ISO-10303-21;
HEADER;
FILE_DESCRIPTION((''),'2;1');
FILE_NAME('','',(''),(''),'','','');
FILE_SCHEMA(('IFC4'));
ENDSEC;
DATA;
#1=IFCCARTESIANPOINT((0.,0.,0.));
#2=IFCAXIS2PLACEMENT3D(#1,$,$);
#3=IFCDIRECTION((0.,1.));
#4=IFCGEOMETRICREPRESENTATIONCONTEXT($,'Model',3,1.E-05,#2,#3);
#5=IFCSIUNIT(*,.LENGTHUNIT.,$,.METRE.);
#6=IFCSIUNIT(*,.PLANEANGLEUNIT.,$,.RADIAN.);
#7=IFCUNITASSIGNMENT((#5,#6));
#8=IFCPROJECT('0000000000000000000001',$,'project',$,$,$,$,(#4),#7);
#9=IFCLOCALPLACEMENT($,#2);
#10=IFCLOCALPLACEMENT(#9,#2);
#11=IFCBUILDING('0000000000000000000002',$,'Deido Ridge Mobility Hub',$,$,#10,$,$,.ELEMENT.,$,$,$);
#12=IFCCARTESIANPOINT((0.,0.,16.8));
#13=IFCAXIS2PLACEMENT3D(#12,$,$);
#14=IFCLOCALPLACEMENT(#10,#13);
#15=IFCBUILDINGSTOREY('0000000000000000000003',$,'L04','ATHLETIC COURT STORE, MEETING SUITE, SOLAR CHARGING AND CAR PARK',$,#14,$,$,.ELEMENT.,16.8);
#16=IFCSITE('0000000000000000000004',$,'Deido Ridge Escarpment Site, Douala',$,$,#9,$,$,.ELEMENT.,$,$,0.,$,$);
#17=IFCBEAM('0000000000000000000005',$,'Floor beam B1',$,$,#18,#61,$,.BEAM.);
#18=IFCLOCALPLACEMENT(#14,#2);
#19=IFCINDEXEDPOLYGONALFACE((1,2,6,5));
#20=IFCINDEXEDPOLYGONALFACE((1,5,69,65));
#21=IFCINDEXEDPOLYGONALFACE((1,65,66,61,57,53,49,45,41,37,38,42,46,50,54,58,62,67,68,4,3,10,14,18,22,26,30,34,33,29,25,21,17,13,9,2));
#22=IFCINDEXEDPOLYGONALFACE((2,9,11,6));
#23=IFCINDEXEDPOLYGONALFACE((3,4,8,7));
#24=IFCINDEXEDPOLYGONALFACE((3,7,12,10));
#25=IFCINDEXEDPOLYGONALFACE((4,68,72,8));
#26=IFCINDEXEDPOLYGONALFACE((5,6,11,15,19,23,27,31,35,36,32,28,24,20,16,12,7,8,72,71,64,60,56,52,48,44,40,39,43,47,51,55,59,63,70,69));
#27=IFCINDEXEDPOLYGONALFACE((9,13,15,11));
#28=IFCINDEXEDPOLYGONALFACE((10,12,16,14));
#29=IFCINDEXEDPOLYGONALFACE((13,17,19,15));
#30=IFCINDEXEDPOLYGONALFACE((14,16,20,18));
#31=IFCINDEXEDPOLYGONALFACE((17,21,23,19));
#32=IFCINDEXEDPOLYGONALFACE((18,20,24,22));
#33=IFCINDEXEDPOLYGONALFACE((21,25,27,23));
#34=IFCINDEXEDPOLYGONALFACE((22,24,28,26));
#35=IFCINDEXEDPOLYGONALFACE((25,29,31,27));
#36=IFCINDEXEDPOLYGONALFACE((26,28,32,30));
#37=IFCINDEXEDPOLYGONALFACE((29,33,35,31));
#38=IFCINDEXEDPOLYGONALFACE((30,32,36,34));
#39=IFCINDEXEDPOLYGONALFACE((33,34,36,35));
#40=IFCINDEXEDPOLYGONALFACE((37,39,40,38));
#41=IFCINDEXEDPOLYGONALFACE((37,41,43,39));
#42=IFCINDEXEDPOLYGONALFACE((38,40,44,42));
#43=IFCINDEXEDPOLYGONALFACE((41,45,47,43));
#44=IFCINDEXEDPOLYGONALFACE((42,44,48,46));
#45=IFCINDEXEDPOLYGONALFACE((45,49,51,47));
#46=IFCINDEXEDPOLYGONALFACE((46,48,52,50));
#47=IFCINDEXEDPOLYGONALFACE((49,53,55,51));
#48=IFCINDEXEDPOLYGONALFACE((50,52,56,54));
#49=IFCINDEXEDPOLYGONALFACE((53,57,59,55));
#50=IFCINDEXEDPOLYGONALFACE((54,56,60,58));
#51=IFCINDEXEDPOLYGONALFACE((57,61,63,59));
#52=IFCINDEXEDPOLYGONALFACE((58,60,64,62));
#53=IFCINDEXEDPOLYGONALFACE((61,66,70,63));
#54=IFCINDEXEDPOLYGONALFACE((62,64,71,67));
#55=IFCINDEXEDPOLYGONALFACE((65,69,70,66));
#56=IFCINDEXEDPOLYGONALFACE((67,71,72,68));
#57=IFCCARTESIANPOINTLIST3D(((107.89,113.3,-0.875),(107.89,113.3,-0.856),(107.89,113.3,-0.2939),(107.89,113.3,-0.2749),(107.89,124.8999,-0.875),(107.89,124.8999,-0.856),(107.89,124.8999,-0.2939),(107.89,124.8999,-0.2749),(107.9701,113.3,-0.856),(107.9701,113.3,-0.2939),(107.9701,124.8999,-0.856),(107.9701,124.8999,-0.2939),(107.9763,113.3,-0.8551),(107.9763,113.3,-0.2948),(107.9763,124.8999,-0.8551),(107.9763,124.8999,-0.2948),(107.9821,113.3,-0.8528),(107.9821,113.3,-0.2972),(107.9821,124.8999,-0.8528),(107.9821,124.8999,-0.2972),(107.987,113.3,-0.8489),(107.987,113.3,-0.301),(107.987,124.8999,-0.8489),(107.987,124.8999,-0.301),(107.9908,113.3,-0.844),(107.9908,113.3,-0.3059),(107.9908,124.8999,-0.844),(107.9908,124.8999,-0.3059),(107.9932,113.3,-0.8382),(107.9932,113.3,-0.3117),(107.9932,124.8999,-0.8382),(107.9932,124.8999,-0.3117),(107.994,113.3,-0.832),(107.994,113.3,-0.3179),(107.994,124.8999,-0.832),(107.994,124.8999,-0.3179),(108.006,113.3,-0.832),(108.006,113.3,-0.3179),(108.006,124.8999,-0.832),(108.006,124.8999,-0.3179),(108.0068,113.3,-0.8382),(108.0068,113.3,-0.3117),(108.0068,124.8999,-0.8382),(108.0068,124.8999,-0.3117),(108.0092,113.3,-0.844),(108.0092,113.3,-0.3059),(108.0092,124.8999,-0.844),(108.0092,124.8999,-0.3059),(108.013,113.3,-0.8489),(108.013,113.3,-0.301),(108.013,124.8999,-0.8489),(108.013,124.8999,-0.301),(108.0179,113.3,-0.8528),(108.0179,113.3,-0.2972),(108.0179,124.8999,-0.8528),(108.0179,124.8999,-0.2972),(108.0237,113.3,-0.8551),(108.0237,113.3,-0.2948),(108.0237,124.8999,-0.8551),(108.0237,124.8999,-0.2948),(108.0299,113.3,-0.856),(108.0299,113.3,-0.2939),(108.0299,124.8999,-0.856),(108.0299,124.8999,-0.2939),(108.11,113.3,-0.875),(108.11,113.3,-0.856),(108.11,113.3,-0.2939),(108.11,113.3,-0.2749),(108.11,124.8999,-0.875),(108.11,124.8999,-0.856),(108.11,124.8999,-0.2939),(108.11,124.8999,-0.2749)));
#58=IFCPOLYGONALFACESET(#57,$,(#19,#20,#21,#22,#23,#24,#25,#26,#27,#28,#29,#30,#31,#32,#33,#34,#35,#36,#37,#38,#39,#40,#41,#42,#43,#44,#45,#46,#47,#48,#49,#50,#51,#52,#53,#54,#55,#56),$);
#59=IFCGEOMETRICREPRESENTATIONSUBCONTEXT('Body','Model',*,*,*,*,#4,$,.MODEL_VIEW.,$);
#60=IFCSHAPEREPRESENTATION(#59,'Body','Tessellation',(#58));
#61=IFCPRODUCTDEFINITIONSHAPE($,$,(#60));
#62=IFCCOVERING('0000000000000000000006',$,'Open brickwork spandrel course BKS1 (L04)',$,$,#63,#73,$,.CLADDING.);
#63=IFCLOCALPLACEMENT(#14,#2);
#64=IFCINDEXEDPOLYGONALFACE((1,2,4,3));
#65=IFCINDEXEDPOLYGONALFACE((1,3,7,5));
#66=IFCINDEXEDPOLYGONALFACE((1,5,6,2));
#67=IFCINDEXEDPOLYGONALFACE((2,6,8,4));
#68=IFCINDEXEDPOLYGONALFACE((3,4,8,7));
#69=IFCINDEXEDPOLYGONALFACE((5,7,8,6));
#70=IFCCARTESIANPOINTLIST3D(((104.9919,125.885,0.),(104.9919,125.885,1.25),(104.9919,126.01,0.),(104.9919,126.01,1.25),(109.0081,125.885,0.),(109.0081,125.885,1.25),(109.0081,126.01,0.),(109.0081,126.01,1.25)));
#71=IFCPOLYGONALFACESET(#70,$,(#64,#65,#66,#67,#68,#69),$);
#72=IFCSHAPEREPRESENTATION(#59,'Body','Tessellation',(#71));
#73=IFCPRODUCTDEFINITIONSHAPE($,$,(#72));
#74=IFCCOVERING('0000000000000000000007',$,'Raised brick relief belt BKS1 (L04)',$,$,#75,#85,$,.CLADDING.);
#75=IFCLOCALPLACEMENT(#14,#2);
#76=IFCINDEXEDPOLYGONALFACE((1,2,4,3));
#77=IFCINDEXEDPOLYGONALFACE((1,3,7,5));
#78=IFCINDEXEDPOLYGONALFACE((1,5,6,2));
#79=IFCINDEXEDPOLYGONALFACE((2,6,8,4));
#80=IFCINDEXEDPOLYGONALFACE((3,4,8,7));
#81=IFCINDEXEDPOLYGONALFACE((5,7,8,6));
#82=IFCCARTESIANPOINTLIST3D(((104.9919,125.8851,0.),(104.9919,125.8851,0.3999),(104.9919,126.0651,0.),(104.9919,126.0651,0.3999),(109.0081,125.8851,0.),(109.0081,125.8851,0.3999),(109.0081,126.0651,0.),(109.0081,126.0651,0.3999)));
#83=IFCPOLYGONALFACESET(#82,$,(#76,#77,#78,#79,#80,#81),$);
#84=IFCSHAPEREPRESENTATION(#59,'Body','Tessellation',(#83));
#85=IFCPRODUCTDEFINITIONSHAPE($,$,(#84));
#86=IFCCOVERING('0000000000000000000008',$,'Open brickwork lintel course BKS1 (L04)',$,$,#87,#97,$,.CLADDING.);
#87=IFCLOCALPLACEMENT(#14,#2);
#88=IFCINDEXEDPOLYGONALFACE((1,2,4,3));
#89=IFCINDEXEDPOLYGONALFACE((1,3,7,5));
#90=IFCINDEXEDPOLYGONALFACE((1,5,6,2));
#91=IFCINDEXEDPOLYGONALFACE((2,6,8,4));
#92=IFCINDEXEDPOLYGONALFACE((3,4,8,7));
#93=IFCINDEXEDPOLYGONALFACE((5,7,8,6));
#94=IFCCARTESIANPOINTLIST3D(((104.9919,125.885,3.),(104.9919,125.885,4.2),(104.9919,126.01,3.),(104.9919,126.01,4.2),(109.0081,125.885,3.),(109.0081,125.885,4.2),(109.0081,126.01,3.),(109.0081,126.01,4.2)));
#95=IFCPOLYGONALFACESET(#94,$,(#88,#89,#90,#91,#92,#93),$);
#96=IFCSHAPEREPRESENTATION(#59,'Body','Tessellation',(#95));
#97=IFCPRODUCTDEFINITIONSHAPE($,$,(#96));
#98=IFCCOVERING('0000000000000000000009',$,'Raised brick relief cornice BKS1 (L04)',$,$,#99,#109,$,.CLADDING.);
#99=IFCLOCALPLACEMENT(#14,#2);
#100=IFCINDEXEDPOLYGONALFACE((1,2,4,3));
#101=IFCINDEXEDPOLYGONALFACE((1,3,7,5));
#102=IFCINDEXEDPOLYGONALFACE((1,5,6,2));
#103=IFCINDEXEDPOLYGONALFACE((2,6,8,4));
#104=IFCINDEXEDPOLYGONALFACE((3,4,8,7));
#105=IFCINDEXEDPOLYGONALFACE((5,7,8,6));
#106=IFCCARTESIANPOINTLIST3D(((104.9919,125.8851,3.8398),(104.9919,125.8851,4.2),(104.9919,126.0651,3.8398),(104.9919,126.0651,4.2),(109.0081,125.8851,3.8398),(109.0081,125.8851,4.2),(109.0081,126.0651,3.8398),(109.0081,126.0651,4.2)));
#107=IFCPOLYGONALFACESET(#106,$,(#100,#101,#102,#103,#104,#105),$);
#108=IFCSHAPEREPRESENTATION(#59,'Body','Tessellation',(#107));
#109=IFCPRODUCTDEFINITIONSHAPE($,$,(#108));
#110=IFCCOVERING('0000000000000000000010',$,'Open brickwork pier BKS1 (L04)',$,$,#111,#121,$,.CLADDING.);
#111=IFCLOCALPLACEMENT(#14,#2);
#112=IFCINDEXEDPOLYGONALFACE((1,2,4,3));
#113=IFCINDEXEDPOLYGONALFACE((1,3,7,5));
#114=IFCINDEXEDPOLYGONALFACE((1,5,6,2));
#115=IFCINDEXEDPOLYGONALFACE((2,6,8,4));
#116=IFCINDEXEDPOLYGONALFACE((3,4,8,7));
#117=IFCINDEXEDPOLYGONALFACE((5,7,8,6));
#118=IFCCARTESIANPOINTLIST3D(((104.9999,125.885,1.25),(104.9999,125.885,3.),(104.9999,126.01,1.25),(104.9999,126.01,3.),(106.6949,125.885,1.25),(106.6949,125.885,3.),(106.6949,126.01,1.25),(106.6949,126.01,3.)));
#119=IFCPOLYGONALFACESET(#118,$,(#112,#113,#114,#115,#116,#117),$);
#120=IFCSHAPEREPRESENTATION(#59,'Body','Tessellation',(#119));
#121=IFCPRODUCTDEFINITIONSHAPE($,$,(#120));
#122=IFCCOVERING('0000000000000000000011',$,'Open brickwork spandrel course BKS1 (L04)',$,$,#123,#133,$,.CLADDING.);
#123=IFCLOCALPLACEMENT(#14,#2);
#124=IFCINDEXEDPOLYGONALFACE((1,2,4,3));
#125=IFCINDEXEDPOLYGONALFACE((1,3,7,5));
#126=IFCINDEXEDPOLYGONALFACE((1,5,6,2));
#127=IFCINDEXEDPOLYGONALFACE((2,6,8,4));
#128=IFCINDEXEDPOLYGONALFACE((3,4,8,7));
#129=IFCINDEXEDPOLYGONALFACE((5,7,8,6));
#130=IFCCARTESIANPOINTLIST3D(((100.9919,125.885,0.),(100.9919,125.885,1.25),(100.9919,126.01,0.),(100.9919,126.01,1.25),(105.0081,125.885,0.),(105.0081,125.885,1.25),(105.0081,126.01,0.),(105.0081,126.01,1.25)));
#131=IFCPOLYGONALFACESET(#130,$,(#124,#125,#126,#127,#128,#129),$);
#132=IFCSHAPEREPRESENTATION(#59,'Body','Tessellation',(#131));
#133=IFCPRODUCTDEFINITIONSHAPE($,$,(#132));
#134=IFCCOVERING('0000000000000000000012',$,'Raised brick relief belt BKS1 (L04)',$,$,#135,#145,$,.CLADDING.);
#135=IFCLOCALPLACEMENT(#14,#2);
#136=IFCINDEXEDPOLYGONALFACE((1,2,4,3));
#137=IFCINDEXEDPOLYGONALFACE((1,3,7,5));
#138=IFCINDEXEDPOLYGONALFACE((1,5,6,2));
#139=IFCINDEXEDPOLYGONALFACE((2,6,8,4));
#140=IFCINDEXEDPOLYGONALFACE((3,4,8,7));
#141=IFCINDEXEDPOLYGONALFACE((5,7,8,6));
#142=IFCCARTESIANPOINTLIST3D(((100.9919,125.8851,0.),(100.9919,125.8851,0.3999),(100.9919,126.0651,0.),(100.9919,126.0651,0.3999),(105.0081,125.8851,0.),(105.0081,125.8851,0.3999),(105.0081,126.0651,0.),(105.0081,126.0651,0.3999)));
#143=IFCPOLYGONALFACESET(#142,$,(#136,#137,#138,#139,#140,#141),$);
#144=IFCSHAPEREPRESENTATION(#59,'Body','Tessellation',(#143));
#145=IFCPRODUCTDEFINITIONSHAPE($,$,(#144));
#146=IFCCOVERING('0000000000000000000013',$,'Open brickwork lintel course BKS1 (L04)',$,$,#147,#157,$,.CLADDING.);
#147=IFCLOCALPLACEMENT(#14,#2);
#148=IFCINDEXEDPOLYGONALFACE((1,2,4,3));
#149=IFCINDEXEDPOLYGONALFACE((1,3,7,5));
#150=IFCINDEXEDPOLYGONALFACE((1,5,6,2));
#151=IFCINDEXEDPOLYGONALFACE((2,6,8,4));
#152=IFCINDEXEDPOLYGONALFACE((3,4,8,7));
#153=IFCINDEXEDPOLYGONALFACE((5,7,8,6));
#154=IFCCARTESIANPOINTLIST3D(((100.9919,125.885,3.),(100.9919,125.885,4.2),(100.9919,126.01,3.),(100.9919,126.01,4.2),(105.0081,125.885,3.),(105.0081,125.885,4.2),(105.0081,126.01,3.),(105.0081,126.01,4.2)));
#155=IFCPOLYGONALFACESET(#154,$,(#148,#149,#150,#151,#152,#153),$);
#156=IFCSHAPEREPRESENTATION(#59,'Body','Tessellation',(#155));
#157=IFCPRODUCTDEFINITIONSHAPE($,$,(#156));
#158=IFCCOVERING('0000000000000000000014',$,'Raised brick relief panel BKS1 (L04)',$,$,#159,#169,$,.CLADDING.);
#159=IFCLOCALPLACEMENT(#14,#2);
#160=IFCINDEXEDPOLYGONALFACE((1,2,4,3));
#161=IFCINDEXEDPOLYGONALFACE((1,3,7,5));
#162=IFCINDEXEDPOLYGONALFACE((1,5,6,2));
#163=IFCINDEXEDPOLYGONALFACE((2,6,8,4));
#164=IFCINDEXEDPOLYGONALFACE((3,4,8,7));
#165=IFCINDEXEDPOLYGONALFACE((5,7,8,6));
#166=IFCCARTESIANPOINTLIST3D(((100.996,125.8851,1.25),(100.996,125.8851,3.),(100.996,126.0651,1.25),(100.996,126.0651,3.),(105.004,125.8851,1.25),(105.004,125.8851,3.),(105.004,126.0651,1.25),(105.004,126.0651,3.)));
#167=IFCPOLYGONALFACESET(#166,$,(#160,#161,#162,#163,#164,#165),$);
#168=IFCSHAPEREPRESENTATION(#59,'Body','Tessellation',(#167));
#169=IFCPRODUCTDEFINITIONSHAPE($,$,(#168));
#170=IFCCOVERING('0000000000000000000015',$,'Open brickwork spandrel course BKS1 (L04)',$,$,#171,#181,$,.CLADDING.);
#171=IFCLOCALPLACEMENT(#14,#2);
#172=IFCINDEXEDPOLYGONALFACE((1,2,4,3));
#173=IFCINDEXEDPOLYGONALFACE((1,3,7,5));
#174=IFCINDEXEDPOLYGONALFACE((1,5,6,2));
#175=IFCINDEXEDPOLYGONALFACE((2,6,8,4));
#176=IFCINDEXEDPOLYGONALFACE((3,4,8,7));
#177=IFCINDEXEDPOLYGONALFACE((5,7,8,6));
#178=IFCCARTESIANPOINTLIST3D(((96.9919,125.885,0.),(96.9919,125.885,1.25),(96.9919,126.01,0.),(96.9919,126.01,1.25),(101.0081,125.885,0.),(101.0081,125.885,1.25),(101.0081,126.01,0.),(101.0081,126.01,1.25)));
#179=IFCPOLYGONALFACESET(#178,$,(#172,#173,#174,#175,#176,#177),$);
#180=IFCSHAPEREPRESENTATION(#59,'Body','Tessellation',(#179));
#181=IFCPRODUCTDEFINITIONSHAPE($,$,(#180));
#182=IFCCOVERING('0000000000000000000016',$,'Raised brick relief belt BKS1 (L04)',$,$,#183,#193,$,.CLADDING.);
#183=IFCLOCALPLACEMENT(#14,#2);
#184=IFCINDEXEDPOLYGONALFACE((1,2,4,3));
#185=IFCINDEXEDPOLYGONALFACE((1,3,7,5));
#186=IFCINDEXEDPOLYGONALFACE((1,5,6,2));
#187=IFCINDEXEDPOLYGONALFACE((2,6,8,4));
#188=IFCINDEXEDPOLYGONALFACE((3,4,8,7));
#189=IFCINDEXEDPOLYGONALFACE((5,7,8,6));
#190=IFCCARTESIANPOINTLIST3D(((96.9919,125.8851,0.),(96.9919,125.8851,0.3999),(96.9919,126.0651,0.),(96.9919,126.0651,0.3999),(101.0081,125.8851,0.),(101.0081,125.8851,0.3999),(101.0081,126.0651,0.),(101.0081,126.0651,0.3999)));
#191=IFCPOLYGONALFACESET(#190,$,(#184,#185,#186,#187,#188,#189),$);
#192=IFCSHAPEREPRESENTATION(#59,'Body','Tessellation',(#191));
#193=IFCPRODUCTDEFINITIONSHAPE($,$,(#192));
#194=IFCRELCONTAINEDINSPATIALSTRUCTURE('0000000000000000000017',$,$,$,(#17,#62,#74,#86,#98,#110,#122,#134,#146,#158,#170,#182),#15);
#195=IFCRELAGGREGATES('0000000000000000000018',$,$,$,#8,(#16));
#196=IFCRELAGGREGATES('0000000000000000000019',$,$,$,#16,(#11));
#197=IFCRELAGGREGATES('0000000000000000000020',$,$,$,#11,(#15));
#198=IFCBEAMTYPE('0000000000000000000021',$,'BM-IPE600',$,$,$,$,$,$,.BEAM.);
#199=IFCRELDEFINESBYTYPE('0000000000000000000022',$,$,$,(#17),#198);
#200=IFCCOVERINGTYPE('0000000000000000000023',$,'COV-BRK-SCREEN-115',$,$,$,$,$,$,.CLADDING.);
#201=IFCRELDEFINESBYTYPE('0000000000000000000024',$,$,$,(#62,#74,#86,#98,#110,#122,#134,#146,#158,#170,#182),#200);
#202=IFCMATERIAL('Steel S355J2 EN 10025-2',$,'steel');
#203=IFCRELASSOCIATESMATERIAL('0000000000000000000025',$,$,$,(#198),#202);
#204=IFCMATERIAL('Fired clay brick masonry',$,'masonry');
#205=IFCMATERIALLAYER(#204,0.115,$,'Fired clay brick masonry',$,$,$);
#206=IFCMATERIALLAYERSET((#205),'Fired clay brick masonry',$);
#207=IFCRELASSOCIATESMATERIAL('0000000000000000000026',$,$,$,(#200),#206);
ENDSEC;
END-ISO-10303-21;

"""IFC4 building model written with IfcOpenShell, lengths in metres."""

from ifc_helpers import new_model, si_unit, direction, frame, origin, origin_2d, place, context, subcontext, project, spatial, rectangle, i_section, extrude, material, layer, layer_set, material_profile, profile_set, type_object, element, save


model = new_model("IFC4")

# Units and contexts
model_context = context("Model", 3, precision=1e-05, world=origin(), true_north=direction((0.0, 1.0)))
body_context = subcontext(model_context, "Body", "Model", "MODEL_VIEW")
ifc_project = project(units=[si_unit("LENGTHUNIT", "METRE"), si_unit("PLANEANGLEUNIT", "RADIAN")], contexts=[model_context])

# Site, building, storey
site_placement = place(None, origin())
site = spatial("IfcSite", under=ifc_project, at=site_placement, Name="Deido Ridge Escarpment Site, Douala", CompositionType="ELEMENT", RefElevation=0.0)
building_placement = place(site_placement, origin())
building = spatial("IfcBuilding", under=site, at=building_placement, Name="Deido Ridge Mobility Hub", CompositionType="ELEMENT")
storey_placement = place(building_placement, frame((0.0, 0.0, 16.8)))
storey = spatial("IfcBuildingStorey", under=building, at=storey_placement, Name="L04", Description="ATHLETIC COURT STORE, MEETING SUITE, SOLAR CHARGING AND CAR PARK", CompositionType="ELEMENT", Elevation=16.8)

# Shared definitions
ifc_material_1 = material(Name="Steel S355J2 EN 10025-2", Category="steel")

# Beam
ifc_material_profile_1 = material_profile(ifc_material_1, i_section(OverallWidth=0.22, OverallDepth=0.6001, WebThickness=0.012, FlangeThickness=0.019, FilletRadius=0.0239, at=origin_2d()), Name="IPE 600")
ifc_profile_set_1 = profile_set([ifc_material_profile_1], Name="Steel S355J2 EN 10025-2")
beam_type_1 = type_object("IfcBeamType", Name="BM-IPE600", PredefinedType="BEAM", material=ifc_profile_set_1)
for number, where, z_axis, x_axis, name in (
    (1, (108.0, 113.3, -0.575), (0.0, 1.0, 0.0), (-1.0, 0.0, 0.0), "Floor beam B1"),
):
    element("IfcBeam", number, at=place(storey_placement, frame(where, z_axis=z_axis, x_axis=x_axis)), inside=storey, type_object=beam_type_1, Name=name, PredefinedType="BEAM", context=body_context, shape_type="SweptSolid", body=[
        extrude(i_section(OverallWidth=0.22, OverallDepth=0.6001, WebThickness=0.012, FlangeThickness=0.019, FilletRadius=0.0239, at=origin_2d()), origin(), (0.0, 0.0, 1.0), 11.5999),
    ])

# Coverings
ifc_material_2 = material(Name="Fired clay brick masonry", Category="masonry")
ifc_layer = layer(ifc_material_2, 0.115, Name="Fired clay brick masonry")
ifc_layer_set = layer_set([ifc_layer], Name="Fired clay brick masonry")
covering_type = type_object("IfcCoveringType", Name="COV-BRK-SCREEN-115", PredefinedType="CLADDING", material=ifc_layer_set)
covering_1_placement = place(storey_placement, frame((107.0, 125.9475, 0.0), z_axis=(0.0, 0.0, 1.0), x_axis=(-1.0, 0.0, 0.0)))
element("IfcCovering", 2, at=covering_1_placement, inside=storey, type_object=covering_type, Name="Open brickwork spandrel course BKS1 (L04)", PredefinedType="CLADDING", context=body_context, shape_type="SweptSolid", body=[
    extrude(rectangle(XDim=4.0161, YDim=0.125, at=origin_2d()), origin(), (0.0, 0.0, 1.0), 1.25),
])
covering_2_placement = place(storey_placement, frame((107.0, 125.9751, 0.0), z_axis=(0.0, 0.0, 1.0), x_axis=(-1.0, 0.0, 0.0)))
element("IfcCovering", 3, at=covering_2_placement, inside=storey, type_object=covering_type, Name="Raised brick relief belt BKS1 (L04)", PredefinedType="CLADDING", context=body_context, shape_type="SweptSolid", body=[
    extrude(rectangle(XDim=4.0161, YDim=0.1799, at=origin_2d()), origin(), (0.0, 0.0, 1.0), 0.3999),
])
covering_3_placement = place(storey_placement, frame((107.0, 125.9475, 3.0), z_axis=(0.0, 0.0, 1.0), x_axis=(-1.0, 0.0, 0.0)))
element("IfcCovering", 4, at=covering_3_placement, inside=storey, type_object=covering_type, Name="Open brickwork lintel course BKS1 (L04)", PredefinedType="CLADDING", context=body_context, shape_type="SweptSolid", body=[
    extrude(rectangle(XDim=4.0161, YDim=0.125, at=origin_2d()), origin(), (0.0, 0.0, 1.0), 1.2),
])
covering_4_placement = place(storey_placement, frame((107.0, 125.9751, 3.8398), z_axis=(0.0, 0.0, 1.0), x_axis=(-1.0, 0.0, 0.0)))
element("IfcCovering", 5, at=covering_4_placement, inside=storey, type_object=covering_type, Name="Raised brick relief cornice BKS1 (L04)", PredefinedType="CLADDING", context=body_context, shape_type="SweptSolid", body=[
    extrude(rectangle(XDim=4.0161, YDim=0.1799, at=origin_2d()), origin(), (0.0, 0.0, 1.0), 0.3601),
])
covering_5_placement = place(storey_placement, frame((105.8474, 125.9475, 1.25), z_axis=(0.0, 0.0, 1.0), x_axis=(-1.0, 0.0, 0.0)))
element("IfcCovering", 6, at=covering_5_placement, inside=storey, type_object=covering_type, Name="Open brickwork pier BKS1 (L04)", PredefinedType="CLADDING", context=body_context, shape_type="SweptSolid", body=[
    extrude(rectangle(XDim=1.6951, YDim=0.125, at=origin_2d()), origin(), (0.0, 0.0, 1.0), 1.75),
])
covering_6_placement = place(storey_placement, frame((103.0, 125.9475, 0.0), z_axis=(0.0, 0.0, 1.0), x_axis=(-1.0, 0.0, 0.0)))
element("IfcCovering", 7, at=covering_6_placement, inside=storey, type_object=covering_type, Name="Open brickwork spandrel course BKS1 (L04)", PredefinedType="CLADDING", context=body_context, shape_type="SweptSolid", body=[
    extrude(rectangle(XDim=4.0161, YDim=0.125, at=origin_2d()), origin(), (0.0, 0.0, 1.0), 1.25),
])
covering_7_placement = place(storey_placement, frame((103.0, 125.9751, 0.0), z_axis=(0.0, 0.0, 1.0), x_axis=(-1.0, 0.0, 0.0)))
element("IfcCovering", 8, at=covering_7_placement, inside=storey, type_object=covering_type, Name="Raised brick relief belt BKS1 (L04)", PredefinedType="CLADDING", context=body_context, shape_type="SweptSolid", body=[
    extrude(rectangle(XDim=4.0161, YDim=0.1799, at=origin_2d()), origin(), (0.0, 0.0, 1.0), 0.3999),
])
covering_8_placement = place(storey_placement, frame((103.0, 125.9475, 3.0), z_axis=(0.0, 0.0, 1.0), x_axis=(-1.0, 0.0, 0.0)))
element("IfcCovering", 9, at=covering_8_placement, inside=storey, type_object=covering_type, Name="Open brickwork lintel course BKS1 (L04)", PredefinedType="CLADDING", context=body_context, shape_type="SweptSolid", body=[
    extrude(rectangle(XDim=4.0161, YDim=0.125, at=origin_2d()), origin(), (0.0, 0.0, 1.0), 1.2),
])
covering_9_placement = place(storey_placement, frame((103.0, 125.9751, 1.25), z_axis=(0.0, 0.0, 1.0), x_axis=(-1.0, 0.0, 0.0)))
element("IfcCovering", 10, at=covering_9_placement, inside=storey, type_object=covering_type, Name="Raised brick relief panel BKS1 (L04)", PredefinedType="CLADDING", context=body_context, shape_type="SweptSolid", body=[
    extrude(rectangle(XDim=4.0081, YDim=0.1799, at=origin_2d()), origin(), (0.0, 0.0, 1.0), 1.75),
])
covering_10_placement = place(storey_placement, frame((99.0, 125.9475, 0.0), z_axis=(0.0, 0.0, 1.0), x_axis=(-1.0, 0.0, 0.0)))
element("IfcCovering", 11, at=covering_10_placement, inside=storey, type_object=covering_type, Name="Open brickwork spandrel course BKS1 (L04)", PredefinedType="CLADDING", context=body_context, shape_type="SweptSolid", body=[
    extrude(rectangle(XDim=4.0161, YDim=0.125, at=origin_2d()), origin(), (0.0, 0.0, 1.0), 1.25),
])
covering_11_placement = place(storey_placement, frame((99.0, 125.9751, 0.0), z_axis=(0.0, 0.0, 1.0), x_axis=(-1.0, 0.0, 0.0)))
element("IfcCovering", 12, at=covering_11_placement, inside=storey, type_object=covering_type, Name="Raised brick relief belt BKS1 (L04)", PredefinedType="CLADDING", context=body_context, shape_type="SweptSolid", body=[
    extrude(rectangle(XDim=4.0161, YDim=0.1799, at=origin_2d()), origin(), (0.0, 0.0, 1.0), 0.3999),
])

save(model, "model.ifc")
